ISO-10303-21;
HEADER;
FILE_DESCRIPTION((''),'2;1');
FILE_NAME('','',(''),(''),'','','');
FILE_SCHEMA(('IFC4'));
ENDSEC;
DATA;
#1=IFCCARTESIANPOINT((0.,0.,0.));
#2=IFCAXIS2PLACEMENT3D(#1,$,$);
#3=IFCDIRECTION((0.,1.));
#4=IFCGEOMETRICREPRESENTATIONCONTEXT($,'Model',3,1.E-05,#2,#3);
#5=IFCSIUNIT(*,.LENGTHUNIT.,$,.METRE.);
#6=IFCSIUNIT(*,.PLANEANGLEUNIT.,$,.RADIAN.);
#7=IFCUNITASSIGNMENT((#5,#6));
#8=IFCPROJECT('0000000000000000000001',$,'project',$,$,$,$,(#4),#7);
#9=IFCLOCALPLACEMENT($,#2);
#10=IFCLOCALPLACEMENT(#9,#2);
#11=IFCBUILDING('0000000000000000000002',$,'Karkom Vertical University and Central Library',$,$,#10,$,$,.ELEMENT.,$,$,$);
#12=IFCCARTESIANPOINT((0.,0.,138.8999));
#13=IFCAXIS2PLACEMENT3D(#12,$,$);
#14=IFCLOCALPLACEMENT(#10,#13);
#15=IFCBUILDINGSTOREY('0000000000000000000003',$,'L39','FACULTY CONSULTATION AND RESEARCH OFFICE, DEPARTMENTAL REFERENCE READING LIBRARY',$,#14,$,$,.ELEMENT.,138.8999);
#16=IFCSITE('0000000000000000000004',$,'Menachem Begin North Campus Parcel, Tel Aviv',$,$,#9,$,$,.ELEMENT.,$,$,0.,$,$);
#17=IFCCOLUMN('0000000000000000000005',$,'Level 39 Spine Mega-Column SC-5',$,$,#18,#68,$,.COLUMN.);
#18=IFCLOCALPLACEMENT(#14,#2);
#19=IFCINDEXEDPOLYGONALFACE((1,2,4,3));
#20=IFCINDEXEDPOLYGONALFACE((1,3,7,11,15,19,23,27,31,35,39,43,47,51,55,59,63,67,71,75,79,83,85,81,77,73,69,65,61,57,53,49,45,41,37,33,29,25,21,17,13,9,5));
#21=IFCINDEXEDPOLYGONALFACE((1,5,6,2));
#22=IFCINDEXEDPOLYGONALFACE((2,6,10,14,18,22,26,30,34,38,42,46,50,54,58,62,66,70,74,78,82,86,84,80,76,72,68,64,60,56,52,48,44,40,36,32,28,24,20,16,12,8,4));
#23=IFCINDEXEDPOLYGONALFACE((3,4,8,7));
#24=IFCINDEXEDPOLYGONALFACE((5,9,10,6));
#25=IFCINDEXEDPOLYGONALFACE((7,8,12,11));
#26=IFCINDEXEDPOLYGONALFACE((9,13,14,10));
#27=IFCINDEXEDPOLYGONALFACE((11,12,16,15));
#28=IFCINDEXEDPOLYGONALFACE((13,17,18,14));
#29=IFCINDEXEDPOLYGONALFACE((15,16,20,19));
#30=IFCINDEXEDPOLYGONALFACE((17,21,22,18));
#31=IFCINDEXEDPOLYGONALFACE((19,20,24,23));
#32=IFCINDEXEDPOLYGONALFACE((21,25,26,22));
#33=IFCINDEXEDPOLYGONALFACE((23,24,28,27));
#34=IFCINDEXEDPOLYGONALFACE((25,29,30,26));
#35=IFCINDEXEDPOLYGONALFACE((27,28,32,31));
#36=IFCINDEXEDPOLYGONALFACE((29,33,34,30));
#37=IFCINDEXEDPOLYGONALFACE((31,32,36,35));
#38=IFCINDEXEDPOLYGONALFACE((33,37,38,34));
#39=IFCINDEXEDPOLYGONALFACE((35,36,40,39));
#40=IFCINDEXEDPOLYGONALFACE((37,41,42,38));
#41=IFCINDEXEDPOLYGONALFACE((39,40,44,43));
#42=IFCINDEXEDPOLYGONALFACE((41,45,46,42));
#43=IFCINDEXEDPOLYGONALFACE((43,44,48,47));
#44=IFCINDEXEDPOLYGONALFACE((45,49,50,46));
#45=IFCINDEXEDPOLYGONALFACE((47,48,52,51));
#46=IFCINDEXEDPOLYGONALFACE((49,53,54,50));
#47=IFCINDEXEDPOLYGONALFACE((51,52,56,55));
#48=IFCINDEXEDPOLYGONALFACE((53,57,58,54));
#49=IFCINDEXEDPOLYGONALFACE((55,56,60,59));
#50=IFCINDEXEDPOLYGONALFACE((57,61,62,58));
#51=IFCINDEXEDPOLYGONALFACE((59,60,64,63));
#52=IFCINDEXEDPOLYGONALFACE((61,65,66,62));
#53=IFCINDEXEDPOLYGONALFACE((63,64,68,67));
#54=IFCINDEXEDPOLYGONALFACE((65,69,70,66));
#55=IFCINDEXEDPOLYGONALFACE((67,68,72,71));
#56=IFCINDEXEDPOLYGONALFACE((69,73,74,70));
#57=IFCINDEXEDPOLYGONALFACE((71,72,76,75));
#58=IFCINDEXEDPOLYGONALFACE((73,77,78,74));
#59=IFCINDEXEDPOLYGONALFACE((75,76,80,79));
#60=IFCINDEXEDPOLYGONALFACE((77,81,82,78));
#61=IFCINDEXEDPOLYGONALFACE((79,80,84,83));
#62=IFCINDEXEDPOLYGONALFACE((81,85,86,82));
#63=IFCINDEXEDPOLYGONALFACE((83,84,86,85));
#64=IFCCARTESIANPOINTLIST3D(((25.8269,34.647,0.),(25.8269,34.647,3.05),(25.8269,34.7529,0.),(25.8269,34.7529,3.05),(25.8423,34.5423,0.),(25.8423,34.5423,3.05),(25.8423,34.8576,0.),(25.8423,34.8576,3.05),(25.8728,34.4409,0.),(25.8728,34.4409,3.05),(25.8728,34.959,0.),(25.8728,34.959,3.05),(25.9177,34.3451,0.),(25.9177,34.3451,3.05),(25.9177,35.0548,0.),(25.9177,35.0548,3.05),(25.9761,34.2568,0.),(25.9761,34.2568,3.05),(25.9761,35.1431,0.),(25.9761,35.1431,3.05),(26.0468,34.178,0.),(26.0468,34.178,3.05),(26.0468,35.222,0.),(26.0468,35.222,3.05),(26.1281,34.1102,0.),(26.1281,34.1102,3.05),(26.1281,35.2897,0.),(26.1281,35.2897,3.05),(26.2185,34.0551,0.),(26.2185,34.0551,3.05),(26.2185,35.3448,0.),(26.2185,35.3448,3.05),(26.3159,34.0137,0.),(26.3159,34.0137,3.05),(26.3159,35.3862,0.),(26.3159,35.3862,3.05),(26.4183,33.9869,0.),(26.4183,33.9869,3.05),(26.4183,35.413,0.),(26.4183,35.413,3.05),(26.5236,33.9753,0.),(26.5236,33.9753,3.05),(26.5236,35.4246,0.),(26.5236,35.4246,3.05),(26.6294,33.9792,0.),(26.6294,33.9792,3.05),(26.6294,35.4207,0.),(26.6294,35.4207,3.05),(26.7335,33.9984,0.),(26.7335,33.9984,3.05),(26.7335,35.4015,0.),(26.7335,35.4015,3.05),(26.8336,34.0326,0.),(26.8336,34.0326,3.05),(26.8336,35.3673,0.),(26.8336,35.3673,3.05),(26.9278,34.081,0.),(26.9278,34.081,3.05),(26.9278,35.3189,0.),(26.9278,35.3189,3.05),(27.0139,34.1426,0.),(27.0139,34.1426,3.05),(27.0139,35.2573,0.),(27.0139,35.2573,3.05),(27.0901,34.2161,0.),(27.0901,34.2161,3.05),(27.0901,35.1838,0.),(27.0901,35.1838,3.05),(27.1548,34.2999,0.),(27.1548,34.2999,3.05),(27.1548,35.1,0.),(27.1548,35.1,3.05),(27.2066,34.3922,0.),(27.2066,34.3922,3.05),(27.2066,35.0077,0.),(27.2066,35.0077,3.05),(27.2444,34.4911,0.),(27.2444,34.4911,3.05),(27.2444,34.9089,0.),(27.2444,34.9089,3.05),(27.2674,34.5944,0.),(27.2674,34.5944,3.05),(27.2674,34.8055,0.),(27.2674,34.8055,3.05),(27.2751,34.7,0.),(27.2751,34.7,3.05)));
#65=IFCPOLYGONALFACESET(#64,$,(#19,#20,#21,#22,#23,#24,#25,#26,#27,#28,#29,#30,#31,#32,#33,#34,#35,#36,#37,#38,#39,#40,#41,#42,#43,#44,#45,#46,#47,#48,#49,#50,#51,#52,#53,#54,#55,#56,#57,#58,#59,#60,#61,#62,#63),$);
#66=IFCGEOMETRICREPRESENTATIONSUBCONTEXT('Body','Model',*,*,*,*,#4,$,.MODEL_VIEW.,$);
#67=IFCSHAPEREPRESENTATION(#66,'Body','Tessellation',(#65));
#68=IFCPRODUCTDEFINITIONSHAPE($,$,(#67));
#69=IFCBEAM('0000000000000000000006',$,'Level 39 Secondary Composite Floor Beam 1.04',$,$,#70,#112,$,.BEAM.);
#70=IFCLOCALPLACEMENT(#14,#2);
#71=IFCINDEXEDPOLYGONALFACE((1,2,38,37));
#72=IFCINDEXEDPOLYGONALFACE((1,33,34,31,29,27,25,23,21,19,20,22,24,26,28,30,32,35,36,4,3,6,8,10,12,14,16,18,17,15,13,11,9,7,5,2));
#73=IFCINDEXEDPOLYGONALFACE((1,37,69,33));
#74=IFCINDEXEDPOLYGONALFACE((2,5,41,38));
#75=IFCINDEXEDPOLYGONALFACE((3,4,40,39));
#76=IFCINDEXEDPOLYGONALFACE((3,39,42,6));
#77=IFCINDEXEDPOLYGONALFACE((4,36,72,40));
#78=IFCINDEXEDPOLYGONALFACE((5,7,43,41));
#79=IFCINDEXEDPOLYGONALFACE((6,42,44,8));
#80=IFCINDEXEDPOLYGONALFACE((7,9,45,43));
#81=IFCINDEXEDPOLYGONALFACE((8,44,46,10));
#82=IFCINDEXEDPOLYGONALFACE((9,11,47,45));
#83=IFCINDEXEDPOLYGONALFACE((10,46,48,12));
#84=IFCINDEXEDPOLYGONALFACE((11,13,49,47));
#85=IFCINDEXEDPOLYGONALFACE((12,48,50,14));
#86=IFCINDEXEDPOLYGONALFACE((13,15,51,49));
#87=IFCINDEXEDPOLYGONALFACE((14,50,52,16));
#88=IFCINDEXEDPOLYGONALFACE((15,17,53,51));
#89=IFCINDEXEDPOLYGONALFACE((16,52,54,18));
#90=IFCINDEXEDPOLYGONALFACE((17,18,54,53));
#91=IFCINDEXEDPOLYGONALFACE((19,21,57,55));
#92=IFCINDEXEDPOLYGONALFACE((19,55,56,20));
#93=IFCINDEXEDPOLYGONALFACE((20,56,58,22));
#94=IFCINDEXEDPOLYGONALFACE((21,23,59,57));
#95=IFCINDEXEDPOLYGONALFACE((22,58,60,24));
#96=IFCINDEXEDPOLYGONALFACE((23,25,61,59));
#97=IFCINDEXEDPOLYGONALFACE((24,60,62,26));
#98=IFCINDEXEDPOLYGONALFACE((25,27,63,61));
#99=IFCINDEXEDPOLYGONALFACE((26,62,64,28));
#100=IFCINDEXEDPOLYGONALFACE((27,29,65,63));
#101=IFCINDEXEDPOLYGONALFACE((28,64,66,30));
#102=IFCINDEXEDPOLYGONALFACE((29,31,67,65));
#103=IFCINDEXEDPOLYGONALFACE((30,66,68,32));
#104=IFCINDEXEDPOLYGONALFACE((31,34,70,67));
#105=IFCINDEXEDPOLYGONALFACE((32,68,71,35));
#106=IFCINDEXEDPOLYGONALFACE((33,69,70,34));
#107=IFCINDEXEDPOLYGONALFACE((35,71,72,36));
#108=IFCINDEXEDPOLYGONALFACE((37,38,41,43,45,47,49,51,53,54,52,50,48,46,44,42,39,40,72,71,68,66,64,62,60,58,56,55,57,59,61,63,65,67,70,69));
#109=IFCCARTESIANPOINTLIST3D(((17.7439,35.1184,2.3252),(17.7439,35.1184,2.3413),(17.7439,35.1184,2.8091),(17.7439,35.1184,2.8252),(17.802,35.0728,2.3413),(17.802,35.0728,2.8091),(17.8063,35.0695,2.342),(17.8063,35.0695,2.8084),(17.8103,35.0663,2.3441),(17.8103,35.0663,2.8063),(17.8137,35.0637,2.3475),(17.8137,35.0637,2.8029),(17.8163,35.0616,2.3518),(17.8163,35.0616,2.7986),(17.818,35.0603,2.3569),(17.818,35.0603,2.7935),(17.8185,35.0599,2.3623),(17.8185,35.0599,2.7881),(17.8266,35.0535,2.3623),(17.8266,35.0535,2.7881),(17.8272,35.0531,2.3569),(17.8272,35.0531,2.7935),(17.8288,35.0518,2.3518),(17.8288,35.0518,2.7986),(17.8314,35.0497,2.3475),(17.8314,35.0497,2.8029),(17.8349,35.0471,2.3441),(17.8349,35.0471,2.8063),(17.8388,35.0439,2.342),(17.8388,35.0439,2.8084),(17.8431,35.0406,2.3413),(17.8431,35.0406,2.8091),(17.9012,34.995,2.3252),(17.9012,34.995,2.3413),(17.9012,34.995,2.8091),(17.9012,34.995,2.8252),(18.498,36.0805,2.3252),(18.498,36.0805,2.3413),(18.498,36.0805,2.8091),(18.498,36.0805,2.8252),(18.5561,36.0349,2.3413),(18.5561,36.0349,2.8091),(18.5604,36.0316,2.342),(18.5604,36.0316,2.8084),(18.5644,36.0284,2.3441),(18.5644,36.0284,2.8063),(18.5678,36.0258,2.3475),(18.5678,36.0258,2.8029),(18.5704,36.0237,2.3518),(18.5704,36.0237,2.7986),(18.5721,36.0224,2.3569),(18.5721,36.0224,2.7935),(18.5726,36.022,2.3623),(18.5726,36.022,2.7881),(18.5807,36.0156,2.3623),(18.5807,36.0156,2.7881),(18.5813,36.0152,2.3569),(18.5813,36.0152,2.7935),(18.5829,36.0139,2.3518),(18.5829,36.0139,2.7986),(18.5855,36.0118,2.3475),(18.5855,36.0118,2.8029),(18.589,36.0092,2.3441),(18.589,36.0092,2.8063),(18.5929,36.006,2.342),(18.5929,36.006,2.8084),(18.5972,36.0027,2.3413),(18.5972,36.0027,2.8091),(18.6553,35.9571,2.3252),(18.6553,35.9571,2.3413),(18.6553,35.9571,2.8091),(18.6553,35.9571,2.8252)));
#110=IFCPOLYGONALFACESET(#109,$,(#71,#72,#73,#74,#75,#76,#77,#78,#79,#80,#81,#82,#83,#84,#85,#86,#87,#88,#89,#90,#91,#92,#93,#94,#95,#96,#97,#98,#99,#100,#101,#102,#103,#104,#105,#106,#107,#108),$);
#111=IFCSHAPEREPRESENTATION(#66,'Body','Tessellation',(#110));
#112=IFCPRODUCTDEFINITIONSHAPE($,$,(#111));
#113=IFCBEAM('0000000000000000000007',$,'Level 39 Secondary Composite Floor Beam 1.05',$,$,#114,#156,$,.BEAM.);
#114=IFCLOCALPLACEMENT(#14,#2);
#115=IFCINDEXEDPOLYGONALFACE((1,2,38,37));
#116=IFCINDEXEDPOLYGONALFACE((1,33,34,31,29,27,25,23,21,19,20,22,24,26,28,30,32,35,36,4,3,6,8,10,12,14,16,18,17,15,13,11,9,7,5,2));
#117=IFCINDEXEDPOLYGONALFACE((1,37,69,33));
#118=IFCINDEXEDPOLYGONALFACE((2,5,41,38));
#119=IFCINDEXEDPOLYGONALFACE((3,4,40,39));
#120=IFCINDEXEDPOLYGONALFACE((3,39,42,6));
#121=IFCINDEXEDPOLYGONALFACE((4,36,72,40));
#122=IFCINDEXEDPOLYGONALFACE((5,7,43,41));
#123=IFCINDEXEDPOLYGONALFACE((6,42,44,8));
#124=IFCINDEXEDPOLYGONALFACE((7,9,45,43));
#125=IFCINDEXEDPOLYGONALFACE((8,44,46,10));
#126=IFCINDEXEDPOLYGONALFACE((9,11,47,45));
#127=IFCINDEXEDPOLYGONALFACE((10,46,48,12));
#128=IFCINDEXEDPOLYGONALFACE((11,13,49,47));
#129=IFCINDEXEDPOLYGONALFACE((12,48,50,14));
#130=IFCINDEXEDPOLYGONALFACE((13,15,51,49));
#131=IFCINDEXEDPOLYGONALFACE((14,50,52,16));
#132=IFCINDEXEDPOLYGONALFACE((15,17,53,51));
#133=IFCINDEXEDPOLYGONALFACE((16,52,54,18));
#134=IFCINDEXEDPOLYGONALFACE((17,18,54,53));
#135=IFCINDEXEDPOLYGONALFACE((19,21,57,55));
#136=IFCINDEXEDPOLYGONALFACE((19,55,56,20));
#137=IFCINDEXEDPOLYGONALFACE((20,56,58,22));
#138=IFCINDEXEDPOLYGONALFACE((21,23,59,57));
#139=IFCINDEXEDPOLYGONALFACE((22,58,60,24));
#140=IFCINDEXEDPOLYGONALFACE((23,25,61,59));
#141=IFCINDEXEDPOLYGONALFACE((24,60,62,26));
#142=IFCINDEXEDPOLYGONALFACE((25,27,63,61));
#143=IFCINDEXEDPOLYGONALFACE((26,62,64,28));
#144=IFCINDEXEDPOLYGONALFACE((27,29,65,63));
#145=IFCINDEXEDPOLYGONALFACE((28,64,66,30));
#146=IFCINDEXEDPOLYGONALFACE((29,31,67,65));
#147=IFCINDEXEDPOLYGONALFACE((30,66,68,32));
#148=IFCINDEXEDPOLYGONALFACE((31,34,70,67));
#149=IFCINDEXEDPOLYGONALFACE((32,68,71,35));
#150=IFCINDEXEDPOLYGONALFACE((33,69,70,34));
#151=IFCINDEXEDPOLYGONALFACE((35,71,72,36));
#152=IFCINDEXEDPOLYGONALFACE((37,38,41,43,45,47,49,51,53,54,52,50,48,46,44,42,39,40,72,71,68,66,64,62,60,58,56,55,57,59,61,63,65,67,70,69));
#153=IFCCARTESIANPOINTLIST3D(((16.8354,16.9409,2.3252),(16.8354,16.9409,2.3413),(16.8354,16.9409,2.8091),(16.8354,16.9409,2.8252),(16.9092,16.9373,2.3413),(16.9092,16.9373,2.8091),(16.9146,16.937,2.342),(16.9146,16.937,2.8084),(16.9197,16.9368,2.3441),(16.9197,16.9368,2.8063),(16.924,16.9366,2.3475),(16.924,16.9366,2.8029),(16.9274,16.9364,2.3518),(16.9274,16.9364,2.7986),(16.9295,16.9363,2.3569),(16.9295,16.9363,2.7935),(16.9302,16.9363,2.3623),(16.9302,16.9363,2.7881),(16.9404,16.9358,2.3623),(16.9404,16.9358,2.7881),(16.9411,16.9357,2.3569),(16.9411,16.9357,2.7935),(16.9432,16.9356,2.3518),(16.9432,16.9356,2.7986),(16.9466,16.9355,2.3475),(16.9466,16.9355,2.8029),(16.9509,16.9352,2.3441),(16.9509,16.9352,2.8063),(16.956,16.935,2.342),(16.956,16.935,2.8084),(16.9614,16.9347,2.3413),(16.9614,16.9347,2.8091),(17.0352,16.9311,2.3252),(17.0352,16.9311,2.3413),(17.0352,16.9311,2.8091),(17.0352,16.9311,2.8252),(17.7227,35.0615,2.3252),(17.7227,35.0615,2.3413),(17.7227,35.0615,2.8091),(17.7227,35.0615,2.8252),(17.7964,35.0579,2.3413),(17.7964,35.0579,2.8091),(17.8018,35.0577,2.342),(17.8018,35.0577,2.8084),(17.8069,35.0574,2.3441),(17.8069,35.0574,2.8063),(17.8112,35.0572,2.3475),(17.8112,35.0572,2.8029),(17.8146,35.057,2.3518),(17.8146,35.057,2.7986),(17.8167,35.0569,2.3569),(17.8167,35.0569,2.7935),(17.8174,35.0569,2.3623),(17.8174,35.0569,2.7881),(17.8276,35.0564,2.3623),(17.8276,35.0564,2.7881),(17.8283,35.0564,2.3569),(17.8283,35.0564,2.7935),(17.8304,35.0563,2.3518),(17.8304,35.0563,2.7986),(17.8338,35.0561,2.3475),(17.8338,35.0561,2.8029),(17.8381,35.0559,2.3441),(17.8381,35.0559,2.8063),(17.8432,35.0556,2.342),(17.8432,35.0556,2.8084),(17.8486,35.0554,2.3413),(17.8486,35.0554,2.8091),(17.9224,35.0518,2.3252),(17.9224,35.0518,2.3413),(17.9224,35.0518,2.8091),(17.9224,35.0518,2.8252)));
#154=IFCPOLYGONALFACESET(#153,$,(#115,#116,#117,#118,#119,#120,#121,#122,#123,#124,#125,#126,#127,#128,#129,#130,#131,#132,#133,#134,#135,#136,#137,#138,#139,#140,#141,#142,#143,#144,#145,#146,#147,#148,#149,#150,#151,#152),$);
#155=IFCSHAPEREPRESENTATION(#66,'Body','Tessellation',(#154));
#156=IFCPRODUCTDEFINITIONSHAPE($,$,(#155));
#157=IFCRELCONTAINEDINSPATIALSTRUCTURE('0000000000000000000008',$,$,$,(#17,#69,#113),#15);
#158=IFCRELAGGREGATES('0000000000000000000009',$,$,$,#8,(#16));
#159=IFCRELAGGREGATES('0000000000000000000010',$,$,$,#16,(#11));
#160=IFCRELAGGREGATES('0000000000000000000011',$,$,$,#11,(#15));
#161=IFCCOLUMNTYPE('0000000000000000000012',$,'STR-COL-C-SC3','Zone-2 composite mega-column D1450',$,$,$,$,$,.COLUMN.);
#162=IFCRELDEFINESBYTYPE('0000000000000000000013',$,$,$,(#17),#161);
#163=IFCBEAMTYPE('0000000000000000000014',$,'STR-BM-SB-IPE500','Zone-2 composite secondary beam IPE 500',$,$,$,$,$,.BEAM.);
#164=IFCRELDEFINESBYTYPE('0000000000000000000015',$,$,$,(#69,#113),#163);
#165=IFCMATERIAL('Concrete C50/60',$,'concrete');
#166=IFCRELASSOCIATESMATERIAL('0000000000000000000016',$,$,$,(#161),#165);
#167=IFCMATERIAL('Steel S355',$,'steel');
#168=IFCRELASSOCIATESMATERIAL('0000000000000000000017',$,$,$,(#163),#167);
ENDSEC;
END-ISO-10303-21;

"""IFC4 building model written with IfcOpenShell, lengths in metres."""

from ifc_helpers import new_model, si_unit, direction, frame, origin, origin_with_axes, origin_2d, place, context, subcontext, project, spatial, circle, i_section, extrude, source, transform, mapped, material, material_profile, profile_set, type_object, element, save


model = new_model("IFC4")

# Units and contexts
model_context = context("Model", 3, precision=1e-05, world=origin(), true_north=direction((0.0, 1.0)))
body_context = subcontext(model_context, "Body", "Model", "MODEL_VIEW")
ifc_project = project(units=[si_unit("LENGTHUNIT", "METRE"), si_unit("PLANEANGLEUNIT", "RADIAN")], contexts=[model_context])

# Site, building, storey
site_placement = place(None, origin())
site = spatial("IfcSite", under=ifc_project, at=site_placement, Name="Menachem Begin North Campus Parcel, Tel Aviv", CompositionType="ELEMENT", RefElevation=0.0)
building_placement = place(site_placement, origin())
building = spatial("IfcBuilding", under=site, at=building_placement, Name="Karkom Vertical University and Central Library", CompositionType="ELEMENT")
storey_placement = place(building_placement, frame((0.0, 0.0, 138.8999)))
storey = spatial("IfcBuildingStorey", under=building, at=storey_placement, Name="L39", Description="FACULTY CONSULTATION AND RESEARCH OFFICE, DEPARTMENTAL REFERENCE READING LIBRARY", CompositionType="ELEMENT", Elevation=138.8999)

# Column
ifc_material_1 = material(Name="Concrete C50/60", Category="concrete")
ifc_material_profile_1 = material_profile(ifc_material_1, circle(Radius=0.7251, at=origin_2d()), Name="CFT-D1450")
ifc_profile_set_1 = profile_set([ifc_material_profile_1], Name="Concrete C50/60")
column_type = type_object("IfcColumnType", Name="STR-COL-C-SC3", Description="Zone-2 composite mega-column D1450", PredefinedType="COLUMN", material=ifc_profile_set_1)
shared_shape_1 = source(origin_with_axes(), body_context, "Body", "SweptSolid", [
    extrude(circle(Radius=0.7251, at=origin_2d()), origin(), (0.0, 0.0, 1.0), 3.05),
])
column_placement = place(storey_placement, frame((26.55, 34.7, 0.0), z_axis=(0.0, 0.0, 1.0), x_axis=(1.0, 0.0, 0.0)))
element("IfcColumn", 1, at=column_placement, inside=storey, type_object=column_type, Name="Level 39 Spine Mega-Column SC-5", PredefinedType="COLUMN", context=body_context, shape_type="MappedRepresentation", body=[
    mapped(shared_shape_1, transform((0.0, 0.0, 0.0), scale=1.0)),
])

# Beams
ifc_material_2 = material(Name="Steel S355", Category="steel")
ifc_material_profile_2 = material_profile(ifc_material_2, i_section(OverallWidth=0.2, OverallDepth=0.5, WebThickness=0.0103, FlangeThickness=0.0161, FilletRadius=0.021, at=origin_2d()), Name="IPE 500")
ifc_profile_set_2 = profile_set([ifc_material_profile_2], Name="Steel S355")
beam_type_1 = type_object("IfcBeamType", Name="STR-BM-SB-IPE500", Description="Zone-2 composite secondary beam IPE 500", PredefinedType="BEAM", material=ifc_profile_set_2)
shared_shape_2 = source(origin_with_axes(), body_context, "Body", "SweptSolid", [
    extrude(i_section(OverallWidth=0.2, OverallDepth=0.5, WebThickness=0.0103, FlangeThickness=0.0161, FilletRadius=0.021, at=origin_2d()), origin(), (0.0, 0.0, 1.0), 1.2224),
])
beam_1_placement = place(storey_placement, frame((18.5767, 36.0188, 2.5752), z_axis=(-0.616895, -0.787045, 0.0), x_axis=(0.787045, -0.616895, 0.0)))
element("IfcBeam", 2, at=beam_1_placement, inside=storey, type_object=beam_type_1, Name="Level 39 Secondary Composite Floor Beam 1.04", PredefinedType="BEAM", context=body_context, shape_type="MappedRepresentation", body=[
    mapped(shared_shape_2, transform((0.0, 0.0, 0.0), scale=1.0)),
])
shared_shape_3 = source(origin_with_axes(), body_context, "Body", "SweptSolid", [
    extrude(i_section(OverallWidth=0.2, OverallDepth=0.5, WebThickness=0.0103, FlangeThickness=0.0161, FilletRadius=0.021, at=origin_2d()), origin(), (0.0, 0.0, 1.0), 18.1423),
])
beam_2_placement = place(storey_placement, frame((17.8225, 35.0566, 2.5752), z_axis=(-0.048903, -0.998804, 0.0), x_axis=(0.998804, -0.048903, 0.0)))
element("IfcBeam", 3, at=beam_2_placement, inside=storey, type_object=beam_type_1, Name="Level 39 Secondary Composite Floor Beam 1.05", PredefinedType="BEAM", context=body_context, shape_type="MappedRepresentation", body=[
    mapped(shared_shape_3, transform((0.0, 0.0, 0.0), scale=1.0)),
])

save(model, "model.ifc")
